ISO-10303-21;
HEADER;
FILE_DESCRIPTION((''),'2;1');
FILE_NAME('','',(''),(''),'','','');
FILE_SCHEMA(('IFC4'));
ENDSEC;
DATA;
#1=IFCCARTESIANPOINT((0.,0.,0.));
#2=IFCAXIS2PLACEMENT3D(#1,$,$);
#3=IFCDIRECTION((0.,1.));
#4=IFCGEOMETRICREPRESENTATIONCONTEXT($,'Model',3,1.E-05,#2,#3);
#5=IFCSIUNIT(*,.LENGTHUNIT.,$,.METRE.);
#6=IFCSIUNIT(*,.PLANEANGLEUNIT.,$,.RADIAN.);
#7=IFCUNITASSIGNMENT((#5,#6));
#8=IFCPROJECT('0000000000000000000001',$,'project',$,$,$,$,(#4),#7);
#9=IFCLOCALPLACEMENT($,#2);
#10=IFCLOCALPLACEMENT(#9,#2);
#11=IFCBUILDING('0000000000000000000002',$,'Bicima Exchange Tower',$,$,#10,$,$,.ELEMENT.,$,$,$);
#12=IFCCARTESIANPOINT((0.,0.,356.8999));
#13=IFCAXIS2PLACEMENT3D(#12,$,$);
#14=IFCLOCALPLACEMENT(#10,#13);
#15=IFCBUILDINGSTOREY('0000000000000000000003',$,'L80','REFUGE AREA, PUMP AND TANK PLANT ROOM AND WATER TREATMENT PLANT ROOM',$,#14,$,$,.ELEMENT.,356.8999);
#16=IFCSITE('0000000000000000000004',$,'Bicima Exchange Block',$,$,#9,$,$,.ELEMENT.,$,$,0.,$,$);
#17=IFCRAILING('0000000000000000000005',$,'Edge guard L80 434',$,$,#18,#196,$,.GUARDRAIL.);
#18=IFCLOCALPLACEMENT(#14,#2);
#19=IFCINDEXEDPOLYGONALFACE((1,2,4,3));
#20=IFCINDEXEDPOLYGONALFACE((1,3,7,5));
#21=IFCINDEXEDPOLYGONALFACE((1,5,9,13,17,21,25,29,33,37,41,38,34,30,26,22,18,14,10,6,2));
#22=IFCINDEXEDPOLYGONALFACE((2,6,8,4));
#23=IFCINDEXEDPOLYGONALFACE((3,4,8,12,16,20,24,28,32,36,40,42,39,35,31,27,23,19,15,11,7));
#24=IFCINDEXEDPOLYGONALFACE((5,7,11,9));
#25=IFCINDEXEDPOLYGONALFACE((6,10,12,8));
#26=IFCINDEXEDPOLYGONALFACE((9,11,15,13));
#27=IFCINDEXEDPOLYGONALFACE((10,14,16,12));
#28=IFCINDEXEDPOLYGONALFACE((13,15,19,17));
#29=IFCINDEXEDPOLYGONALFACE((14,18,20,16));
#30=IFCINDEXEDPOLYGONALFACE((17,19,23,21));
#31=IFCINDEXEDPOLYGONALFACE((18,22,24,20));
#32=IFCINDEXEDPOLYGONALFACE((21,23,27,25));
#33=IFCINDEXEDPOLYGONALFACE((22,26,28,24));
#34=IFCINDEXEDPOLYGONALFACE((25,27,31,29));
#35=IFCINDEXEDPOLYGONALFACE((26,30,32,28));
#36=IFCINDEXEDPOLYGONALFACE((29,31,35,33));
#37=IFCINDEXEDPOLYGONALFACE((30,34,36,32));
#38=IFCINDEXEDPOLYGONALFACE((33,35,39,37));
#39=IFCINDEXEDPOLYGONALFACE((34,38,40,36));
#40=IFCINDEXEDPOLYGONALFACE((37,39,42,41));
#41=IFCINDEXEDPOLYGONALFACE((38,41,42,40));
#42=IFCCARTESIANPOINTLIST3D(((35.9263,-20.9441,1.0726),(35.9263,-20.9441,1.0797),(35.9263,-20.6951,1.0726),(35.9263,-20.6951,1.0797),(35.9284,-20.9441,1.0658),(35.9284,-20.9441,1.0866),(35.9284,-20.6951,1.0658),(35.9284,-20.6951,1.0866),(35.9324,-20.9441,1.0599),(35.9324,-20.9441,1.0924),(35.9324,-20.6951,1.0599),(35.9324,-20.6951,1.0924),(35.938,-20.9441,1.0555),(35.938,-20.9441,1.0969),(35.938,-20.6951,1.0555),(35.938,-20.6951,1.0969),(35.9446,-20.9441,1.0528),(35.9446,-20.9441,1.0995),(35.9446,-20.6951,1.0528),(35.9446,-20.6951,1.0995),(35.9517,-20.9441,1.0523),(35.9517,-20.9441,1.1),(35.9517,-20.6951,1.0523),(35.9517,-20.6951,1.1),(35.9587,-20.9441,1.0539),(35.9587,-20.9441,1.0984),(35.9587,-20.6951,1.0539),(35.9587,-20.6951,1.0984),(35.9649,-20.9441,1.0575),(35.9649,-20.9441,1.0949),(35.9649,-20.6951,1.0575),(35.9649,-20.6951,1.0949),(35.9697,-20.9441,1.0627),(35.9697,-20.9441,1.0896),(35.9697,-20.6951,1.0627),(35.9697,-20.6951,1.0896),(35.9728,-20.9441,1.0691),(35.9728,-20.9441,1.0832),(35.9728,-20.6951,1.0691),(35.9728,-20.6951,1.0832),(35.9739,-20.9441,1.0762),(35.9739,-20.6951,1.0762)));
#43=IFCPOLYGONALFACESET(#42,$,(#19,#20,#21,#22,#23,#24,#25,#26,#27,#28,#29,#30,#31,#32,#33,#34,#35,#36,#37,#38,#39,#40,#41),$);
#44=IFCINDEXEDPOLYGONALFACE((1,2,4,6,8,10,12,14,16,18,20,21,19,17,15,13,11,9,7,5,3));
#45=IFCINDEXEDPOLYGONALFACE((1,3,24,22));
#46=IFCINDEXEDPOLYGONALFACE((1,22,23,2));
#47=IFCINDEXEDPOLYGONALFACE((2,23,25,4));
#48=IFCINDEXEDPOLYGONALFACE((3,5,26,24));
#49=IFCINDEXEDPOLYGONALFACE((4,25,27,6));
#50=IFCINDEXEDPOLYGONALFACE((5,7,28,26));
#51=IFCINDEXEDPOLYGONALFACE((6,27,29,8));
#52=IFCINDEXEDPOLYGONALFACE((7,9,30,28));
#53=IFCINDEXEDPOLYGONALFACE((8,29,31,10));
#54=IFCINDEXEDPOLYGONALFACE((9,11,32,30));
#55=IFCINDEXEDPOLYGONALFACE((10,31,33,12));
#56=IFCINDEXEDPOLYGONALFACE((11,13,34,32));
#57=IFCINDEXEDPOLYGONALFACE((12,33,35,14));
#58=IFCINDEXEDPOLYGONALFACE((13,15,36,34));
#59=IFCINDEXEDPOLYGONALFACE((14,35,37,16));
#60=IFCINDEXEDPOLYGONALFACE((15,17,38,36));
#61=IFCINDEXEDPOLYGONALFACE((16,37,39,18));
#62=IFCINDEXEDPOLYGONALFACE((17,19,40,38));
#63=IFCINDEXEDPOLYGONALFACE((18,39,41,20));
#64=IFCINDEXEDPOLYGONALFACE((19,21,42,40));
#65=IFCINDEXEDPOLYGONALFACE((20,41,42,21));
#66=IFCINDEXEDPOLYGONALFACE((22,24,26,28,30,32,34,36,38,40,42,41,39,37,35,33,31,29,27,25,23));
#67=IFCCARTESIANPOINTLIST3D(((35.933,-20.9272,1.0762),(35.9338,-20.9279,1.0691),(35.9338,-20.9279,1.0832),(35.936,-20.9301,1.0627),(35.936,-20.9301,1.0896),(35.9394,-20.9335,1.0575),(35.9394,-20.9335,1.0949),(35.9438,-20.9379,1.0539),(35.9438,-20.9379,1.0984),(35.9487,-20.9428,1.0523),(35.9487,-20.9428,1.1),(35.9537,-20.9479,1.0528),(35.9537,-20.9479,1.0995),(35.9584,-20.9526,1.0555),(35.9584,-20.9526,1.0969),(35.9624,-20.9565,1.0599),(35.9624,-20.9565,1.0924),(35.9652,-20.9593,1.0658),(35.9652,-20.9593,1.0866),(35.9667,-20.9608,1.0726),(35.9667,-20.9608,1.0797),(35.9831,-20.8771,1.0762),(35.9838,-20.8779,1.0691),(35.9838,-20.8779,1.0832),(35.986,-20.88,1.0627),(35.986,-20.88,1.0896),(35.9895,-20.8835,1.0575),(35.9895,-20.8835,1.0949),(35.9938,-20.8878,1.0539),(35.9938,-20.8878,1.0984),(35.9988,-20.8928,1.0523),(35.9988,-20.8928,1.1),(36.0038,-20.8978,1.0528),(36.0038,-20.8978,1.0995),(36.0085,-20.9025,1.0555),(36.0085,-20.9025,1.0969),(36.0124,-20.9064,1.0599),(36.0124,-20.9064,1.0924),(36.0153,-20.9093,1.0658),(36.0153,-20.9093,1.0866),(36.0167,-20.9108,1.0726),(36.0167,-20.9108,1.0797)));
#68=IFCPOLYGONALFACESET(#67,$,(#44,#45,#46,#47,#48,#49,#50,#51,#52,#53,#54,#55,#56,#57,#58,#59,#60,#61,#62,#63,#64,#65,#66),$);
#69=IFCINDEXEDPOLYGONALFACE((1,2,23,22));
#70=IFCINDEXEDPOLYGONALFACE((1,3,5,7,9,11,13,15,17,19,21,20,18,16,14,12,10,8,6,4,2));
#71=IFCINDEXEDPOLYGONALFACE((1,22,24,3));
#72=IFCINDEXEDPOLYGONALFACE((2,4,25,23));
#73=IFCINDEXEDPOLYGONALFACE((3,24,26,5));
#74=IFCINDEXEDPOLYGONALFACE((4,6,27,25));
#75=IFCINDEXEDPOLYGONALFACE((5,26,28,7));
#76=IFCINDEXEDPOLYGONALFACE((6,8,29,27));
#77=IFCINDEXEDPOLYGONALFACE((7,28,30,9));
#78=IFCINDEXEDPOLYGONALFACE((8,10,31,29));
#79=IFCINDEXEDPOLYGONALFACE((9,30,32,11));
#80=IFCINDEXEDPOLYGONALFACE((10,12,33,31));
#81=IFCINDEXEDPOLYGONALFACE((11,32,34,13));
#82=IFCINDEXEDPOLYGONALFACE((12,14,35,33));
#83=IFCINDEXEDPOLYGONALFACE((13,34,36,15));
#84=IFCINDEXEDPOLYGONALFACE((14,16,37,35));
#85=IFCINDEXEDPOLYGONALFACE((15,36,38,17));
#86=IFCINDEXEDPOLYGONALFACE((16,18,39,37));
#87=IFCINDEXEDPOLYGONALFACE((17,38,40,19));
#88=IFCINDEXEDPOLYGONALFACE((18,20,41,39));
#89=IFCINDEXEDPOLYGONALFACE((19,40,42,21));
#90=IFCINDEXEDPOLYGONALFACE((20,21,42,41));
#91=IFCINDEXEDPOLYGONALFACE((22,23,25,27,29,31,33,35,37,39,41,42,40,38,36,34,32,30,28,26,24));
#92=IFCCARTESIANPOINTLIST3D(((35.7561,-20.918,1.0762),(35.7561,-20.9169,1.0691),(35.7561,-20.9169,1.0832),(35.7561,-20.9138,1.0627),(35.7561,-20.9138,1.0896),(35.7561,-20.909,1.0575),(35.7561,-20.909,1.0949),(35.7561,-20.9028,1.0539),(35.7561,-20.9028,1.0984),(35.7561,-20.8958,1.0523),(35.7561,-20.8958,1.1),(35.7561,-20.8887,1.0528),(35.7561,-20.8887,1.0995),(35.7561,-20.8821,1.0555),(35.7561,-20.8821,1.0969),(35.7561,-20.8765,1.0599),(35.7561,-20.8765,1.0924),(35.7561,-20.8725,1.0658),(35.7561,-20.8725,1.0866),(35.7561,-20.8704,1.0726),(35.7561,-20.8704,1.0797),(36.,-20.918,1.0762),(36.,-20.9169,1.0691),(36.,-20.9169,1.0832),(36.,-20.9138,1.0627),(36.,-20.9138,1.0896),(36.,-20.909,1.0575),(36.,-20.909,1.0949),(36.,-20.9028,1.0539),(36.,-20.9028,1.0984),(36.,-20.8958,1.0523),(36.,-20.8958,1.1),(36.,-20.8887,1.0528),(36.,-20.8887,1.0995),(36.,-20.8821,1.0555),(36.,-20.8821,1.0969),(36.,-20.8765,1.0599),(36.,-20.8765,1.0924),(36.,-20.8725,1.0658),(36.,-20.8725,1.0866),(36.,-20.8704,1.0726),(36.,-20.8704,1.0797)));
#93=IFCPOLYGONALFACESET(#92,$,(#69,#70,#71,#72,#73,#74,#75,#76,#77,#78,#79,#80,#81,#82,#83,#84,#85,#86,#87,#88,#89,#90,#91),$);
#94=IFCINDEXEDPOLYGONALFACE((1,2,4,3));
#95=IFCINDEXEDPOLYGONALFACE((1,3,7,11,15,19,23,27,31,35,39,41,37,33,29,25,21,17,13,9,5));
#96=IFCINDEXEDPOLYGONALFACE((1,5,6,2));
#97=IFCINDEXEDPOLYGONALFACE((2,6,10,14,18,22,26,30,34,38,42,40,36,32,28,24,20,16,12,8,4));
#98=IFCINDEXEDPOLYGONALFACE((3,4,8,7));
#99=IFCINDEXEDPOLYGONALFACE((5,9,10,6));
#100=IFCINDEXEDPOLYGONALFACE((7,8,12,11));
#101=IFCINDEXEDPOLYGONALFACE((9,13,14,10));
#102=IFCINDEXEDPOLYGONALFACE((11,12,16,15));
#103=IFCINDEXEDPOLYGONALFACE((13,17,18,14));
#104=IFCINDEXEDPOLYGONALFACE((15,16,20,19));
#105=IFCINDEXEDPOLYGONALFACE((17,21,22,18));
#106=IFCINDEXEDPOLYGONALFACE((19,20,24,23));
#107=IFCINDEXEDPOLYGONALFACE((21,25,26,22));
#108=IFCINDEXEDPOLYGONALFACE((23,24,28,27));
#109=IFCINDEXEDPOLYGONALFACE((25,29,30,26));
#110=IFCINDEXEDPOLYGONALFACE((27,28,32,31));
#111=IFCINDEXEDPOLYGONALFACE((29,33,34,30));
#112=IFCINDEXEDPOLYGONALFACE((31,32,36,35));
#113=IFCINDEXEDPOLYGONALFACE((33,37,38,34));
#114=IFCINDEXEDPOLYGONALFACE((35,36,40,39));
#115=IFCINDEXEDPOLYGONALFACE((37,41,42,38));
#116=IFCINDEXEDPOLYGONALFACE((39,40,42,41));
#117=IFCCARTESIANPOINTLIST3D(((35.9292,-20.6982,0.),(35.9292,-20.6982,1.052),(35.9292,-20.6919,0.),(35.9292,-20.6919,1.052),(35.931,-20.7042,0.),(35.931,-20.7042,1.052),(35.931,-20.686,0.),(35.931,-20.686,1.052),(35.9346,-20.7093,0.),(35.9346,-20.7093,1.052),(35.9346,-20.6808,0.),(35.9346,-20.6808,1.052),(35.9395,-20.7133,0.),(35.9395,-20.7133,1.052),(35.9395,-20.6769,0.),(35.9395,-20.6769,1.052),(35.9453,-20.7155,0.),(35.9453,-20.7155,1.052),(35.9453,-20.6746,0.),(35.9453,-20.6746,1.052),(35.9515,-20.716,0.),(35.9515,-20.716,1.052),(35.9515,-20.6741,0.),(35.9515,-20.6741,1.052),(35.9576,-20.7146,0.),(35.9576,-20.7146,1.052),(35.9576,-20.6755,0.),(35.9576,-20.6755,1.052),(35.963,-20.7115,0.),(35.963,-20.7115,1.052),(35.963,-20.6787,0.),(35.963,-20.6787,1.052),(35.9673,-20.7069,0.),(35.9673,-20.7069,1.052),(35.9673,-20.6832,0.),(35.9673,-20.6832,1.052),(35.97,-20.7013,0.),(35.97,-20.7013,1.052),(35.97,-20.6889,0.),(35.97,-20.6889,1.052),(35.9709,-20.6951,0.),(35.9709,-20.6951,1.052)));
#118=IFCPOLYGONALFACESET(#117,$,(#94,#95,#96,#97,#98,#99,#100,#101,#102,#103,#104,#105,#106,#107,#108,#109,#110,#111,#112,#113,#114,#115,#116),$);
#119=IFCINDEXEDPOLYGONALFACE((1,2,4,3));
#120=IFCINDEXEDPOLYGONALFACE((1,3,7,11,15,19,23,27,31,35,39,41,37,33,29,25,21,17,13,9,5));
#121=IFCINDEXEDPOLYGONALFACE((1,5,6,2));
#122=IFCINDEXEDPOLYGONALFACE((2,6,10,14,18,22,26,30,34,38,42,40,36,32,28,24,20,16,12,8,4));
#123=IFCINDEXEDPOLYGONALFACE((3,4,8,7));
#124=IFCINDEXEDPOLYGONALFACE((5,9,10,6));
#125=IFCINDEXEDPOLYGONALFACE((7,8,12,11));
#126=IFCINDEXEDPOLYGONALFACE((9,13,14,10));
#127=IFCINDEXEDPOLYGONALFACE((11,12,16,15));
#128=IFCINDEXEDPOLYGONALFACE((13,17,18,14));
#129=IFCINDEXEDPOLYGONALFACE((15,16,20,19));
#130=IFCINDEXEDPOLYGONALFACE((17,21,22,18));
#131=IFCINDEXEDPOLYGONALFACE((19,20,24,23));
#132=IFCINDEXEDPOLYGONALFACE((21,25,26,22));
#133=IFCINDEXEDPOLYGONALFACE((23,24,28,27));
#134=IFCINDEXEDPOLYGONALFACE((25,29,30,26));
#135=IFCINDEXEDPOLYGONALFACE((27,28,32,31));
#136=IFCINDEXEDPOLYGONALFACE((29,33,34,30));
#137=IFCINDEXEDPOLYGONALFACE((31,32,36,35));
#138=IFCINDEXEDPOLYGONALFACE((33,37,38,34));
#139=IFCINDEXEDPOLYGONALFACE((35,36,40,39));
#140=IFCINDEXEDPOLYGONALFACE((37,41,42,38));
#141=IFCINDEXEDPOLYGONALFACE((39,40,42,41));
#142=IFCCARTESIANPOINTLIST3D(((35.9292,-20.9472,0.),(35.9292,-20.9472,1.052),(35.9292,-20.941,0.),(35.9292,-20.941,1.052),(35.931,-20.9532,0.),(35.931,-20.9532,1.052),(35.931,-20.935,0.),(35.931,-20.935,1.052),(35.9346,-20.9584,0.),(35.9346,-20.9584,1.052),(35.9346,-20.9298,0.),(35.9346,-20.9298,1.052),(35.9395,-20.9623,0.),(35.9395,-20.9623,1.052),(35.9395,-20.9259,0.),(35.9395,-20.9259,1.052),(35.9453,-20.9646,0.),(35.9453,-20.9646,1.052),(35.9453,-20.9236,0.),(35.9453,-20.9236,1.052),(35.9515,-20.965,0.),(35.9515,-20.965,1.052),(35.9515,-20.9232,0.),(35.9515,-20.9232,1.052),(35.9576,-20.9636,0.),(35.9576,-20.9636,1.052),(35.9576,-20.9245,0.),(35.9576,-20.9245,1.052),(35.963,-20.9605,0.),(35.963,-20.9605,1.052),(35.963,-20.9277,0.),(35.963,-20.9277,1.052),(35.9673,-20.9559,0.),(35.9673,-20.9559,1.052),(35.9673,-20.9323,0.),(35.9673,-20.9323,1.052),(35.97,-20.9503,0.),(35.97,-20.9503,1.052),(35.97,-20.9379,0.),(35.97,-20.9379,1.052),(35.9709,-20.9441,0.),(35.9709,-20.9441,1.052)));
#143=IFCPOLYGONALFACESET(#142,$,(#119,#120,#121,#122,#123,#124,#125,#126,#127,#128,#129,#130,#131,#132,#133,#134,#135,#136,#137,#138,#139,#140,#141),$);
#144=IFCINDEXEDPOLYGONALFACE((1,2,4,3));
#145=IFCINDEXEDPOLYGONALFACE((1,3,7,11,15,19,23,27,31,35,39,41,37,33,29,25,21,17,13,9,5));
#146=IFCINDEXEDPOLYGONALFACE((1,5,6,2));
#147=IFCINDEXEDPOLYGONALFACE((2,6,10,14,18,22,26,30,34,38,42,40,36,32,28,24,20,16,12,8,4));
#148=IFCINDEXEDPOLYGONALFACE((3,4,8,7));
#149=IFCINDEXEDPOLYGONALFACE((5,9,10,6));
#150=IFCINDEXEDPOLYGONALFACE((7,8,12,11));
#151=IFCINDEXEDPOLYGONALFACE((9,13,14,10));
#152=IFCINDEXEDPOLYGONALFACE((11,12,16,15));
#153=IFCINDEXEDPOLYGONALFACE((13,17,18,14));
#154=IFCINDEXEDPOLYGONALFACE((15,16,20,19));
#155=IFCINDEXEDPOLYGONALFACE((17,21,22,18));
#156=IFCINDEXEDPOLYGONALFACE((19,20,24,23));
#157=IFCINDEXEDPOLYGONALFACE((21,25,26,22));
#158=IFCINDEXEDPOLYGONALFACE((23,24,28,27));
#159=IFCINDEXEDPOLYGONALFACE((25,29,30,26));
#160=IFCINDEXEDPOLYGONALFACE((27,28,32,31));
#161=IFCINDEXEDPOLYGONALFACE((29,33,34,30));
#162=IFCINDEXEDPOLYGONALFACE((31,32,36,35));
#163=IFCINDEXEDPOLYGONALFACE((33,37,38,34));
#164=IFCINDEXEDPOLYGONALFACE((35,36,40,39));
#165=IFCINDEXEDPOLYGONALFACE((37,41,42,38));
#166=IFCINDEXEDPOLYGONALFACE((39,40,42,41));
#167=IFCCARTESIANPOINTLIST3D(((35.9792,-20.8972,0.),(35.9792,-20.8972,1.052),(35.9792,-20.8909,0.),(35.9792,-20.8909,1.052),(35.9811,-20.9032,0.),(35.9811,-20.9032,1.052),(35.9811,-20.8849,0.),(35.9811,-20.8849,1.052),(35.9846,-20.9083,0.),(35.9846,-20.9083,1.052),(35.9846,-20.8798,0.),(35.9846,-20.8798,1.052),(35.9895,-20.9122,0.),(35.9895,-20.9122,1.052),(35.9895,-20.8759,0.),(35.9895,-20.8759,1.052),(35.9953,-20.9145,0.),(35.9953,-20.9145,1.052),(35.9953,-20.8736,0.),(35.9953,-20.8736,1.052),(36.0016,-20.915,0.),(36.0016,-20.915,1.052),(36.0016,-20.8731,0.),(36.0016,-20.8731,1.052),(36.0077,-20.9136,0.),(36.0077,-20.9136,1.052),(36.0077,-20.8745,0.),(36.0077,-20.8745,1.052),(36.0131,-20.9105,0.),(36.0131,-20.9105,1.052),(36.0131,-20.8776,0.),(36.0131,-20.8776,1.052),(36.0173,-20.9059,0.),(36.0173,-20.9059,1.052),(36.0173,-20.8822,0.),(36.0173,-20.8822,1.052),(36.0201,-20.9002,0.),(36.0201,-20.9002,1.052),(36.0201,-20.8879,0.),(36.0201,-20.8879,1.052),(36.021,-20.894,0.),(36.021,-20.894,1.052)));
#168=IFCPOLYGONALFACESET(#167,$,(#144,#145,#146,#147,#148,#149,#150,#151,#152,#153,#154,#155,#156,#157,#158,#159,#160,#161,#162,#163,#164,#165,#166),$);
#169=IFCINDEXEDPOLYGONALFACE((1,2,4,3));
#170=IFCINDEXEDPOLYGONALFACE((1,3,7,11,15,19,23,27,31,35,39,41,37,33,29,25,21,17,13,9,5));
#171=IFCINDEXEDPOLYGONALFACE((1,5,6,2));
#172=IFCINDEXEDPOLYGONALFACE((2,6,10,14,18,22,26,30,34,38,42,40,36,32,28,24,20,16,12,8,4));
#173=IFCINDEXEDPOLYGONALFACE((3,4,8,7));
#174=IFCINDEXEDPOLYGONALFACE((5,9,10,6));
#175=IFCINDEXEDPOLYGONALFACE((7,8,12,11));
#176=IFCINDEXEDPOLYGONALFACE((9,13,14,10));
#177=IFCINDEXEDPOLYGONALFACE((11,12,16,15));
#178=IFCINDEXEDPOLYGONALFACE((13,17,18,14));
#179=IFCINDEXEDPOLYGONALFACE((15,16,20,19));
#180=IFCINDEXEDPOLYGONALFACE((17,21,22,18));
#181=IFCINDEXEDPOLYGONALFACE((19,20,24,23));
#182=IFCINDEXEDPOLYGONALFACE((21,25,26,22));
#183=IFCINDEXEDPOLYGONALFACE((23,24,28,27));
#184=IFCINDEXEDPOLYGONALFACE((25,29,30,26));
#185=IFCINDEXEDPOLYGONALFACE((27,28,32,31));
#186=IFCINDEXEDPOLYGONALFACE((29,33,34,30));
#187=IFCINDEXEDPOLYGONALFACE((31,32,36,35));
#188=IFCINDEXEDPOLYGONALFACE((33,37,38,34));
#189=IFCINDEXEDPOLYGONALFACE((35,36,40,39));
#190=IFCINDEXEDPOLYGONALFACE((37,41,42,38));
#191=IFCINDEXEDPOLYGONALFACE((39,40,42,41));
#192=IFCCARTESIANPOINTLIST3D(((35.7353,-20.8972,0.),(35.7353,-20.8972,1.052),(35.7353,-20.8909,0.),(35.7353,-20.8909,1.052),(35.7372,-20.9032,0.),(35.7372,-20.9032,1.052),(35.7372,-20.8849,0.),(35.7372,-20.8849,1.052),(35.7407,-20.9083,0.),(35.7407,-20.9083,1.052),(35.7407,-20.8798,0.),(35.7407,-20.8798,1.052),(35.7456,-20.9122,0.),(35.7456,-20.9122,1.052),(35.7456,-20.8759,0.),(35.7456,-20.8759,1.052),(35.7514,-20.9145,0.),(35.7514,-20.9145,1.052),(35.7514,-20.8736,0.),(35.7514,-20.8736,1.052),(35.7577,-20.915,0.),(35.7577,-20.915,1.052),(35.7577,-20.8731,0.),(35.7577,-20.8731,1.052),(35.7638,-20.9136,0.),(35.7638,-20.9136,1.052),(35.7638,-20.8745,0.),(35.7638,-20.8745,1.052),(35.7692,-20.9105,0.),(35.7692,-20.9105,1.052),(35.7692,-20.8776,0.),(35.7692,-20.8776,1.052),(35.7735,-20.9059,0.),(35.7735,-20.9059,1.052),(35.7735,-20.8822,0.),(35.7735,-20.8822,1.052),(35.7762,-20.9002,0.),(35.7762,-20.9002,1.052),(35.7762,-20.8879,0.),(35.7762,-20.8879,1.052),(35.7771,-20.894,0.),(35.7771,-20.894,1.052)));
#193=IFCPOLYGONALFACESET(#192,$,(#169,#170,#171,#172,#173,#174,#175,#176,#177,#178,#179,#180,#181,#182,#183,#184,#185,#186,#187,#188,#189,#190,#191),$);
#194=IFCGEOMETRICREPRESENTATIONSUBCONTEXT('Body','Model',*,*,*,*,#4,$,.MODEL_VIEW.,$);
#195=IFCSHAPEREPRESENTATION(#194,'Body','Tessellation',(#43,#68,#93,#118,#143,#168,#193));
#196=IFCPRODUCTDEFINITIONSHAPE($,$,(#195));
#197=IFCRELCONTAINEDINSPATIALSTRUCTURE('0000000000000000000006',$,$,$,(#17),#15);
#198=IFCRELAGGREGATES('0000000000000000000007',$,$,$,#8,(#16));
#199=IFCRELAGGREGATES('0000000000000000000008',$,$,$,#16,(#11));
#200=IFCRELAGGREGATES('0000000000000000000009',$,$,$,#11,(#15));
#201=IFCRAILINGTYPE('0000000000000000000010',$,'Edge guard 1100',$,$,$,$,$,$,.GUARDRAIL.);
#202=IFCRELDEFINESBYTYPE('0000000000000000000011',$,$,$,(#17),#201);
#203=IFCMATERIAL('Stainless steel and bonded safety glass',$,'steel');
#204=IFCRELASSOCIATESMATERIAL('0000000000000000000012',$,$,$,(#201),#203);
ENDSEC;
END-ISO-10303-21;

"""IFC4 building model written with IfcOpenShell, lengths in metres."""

from ifc_helpers import new_model, si_unit, direction, frame, origin, origin_2d, place, context, subcontext, project, spatial, circle, extrude, material, type_object, element, save


model = new_model("IFC4")

# Units and contexts
model_context = context("Model", 3, precision=1e-05, world=origin(), true_north=direction((0.0, 1.0)))
body_context = subcontext(model_context, "Body", "Model", "MODEL_VIEW")
ifc_project = project(units=[si_unit("LENGTHUNIT", "METRE"), si_unit("PLANEANGLEUNIT", "RADIAN")], contexts=[model_context])

# Site, building, storey
site_placement = place(None, origin())
site = spatial("IfcSite", under=ifc_project, at=site_placement, Name="Bicima Exchange Block", CompositionType="ELEMENT", RefElevation=0.0)
building_placement = place(site_placement, origin())
building = spatial("IfcBuilding", under=site, at=building_placement, Name="Bicima Exchange Tower", CompositionType="ELEMENT")
storey_placement = place(building_placement, frame((0.0, 0.0, 356.8999)))
storey = spatial("IfcBuildingStorey", under=building, at=storey_placement, Name="L80", Description="REFUGE AREA, PUMP AND TANK PLANT ROOM AND WATER TREATMENT PLANT ROOM", CompositionType="ELEMENT", Elevation=356.8999)

# Railing
ifc_material_1 = material(Name="Stainless steel and bonded safety glass", Category="steel")
railing_type = type_object("IfcRailingType", Name="Edge guard 1100", PredefinedType="GUARDRAIL", material=ifc_material_1)
railing_1_placement = place(storey_placement, frame((35.95, -20.6951, 0.0)))
element("IfcRailing", 1, at=railing_1_placement, inside=storey, type_object=railing_type, Name="Edge guard L80 434", PredefinedType="GUARDRAIL", context=body_context, shape_type="SweptSolid", body=[
    extrude(circle(Radius=0.0239, at=origin_2d()), frame((0.0, 0.0, 1.0762), z_axis=(0.0, -1.0, 0.0), x_axis=(1.0, 0.0, 0.0)), (0.0, 0.0, 1.0), 0.249),
    extrude(circle(Radius=0.0239, at=origin_2d()), frame((0.0, -0.249, 1.0762), z_axis=(0.707107, 0.707107, 0.0), x_axis=(-0.707107, 0.707107, 0.0)), (0.0, 0.0, 1.0), 0.0708),
    extrude(circle(Radius=0.0239, at=origin_2d()), frame((0.05, -0.199, 1.0762), z_axis=(-1.0, 0.0, 0.0), x_axis=(0.0, -1.0, 0.0)), (0.0, 0.0, 1.0), 0.2439),
    extrude(circle(Radius=0.021, at=origin_2d()), origin(), (0.0, 0.0, 1.0), 1.052),
    extrude(circle(Radius=0.021, at=origin_2d()), frame((0.0, -0.249, 0.0)), (0.0, 0.0, 1.0), 1.052),
    extrude(circle(Radius=0.021, at=origin_2d()), frame((0.05, -0.199, 0.0)), (0.0, 0.0, 1.0), 1.052),
    extrude(circle(Radius=0.021, at=origin_2d()), frame((-0.1938, -0.199, 0.0)), (0.0, 0.0, 1.0), 1.052),
])

save(model, "model.ifc")
